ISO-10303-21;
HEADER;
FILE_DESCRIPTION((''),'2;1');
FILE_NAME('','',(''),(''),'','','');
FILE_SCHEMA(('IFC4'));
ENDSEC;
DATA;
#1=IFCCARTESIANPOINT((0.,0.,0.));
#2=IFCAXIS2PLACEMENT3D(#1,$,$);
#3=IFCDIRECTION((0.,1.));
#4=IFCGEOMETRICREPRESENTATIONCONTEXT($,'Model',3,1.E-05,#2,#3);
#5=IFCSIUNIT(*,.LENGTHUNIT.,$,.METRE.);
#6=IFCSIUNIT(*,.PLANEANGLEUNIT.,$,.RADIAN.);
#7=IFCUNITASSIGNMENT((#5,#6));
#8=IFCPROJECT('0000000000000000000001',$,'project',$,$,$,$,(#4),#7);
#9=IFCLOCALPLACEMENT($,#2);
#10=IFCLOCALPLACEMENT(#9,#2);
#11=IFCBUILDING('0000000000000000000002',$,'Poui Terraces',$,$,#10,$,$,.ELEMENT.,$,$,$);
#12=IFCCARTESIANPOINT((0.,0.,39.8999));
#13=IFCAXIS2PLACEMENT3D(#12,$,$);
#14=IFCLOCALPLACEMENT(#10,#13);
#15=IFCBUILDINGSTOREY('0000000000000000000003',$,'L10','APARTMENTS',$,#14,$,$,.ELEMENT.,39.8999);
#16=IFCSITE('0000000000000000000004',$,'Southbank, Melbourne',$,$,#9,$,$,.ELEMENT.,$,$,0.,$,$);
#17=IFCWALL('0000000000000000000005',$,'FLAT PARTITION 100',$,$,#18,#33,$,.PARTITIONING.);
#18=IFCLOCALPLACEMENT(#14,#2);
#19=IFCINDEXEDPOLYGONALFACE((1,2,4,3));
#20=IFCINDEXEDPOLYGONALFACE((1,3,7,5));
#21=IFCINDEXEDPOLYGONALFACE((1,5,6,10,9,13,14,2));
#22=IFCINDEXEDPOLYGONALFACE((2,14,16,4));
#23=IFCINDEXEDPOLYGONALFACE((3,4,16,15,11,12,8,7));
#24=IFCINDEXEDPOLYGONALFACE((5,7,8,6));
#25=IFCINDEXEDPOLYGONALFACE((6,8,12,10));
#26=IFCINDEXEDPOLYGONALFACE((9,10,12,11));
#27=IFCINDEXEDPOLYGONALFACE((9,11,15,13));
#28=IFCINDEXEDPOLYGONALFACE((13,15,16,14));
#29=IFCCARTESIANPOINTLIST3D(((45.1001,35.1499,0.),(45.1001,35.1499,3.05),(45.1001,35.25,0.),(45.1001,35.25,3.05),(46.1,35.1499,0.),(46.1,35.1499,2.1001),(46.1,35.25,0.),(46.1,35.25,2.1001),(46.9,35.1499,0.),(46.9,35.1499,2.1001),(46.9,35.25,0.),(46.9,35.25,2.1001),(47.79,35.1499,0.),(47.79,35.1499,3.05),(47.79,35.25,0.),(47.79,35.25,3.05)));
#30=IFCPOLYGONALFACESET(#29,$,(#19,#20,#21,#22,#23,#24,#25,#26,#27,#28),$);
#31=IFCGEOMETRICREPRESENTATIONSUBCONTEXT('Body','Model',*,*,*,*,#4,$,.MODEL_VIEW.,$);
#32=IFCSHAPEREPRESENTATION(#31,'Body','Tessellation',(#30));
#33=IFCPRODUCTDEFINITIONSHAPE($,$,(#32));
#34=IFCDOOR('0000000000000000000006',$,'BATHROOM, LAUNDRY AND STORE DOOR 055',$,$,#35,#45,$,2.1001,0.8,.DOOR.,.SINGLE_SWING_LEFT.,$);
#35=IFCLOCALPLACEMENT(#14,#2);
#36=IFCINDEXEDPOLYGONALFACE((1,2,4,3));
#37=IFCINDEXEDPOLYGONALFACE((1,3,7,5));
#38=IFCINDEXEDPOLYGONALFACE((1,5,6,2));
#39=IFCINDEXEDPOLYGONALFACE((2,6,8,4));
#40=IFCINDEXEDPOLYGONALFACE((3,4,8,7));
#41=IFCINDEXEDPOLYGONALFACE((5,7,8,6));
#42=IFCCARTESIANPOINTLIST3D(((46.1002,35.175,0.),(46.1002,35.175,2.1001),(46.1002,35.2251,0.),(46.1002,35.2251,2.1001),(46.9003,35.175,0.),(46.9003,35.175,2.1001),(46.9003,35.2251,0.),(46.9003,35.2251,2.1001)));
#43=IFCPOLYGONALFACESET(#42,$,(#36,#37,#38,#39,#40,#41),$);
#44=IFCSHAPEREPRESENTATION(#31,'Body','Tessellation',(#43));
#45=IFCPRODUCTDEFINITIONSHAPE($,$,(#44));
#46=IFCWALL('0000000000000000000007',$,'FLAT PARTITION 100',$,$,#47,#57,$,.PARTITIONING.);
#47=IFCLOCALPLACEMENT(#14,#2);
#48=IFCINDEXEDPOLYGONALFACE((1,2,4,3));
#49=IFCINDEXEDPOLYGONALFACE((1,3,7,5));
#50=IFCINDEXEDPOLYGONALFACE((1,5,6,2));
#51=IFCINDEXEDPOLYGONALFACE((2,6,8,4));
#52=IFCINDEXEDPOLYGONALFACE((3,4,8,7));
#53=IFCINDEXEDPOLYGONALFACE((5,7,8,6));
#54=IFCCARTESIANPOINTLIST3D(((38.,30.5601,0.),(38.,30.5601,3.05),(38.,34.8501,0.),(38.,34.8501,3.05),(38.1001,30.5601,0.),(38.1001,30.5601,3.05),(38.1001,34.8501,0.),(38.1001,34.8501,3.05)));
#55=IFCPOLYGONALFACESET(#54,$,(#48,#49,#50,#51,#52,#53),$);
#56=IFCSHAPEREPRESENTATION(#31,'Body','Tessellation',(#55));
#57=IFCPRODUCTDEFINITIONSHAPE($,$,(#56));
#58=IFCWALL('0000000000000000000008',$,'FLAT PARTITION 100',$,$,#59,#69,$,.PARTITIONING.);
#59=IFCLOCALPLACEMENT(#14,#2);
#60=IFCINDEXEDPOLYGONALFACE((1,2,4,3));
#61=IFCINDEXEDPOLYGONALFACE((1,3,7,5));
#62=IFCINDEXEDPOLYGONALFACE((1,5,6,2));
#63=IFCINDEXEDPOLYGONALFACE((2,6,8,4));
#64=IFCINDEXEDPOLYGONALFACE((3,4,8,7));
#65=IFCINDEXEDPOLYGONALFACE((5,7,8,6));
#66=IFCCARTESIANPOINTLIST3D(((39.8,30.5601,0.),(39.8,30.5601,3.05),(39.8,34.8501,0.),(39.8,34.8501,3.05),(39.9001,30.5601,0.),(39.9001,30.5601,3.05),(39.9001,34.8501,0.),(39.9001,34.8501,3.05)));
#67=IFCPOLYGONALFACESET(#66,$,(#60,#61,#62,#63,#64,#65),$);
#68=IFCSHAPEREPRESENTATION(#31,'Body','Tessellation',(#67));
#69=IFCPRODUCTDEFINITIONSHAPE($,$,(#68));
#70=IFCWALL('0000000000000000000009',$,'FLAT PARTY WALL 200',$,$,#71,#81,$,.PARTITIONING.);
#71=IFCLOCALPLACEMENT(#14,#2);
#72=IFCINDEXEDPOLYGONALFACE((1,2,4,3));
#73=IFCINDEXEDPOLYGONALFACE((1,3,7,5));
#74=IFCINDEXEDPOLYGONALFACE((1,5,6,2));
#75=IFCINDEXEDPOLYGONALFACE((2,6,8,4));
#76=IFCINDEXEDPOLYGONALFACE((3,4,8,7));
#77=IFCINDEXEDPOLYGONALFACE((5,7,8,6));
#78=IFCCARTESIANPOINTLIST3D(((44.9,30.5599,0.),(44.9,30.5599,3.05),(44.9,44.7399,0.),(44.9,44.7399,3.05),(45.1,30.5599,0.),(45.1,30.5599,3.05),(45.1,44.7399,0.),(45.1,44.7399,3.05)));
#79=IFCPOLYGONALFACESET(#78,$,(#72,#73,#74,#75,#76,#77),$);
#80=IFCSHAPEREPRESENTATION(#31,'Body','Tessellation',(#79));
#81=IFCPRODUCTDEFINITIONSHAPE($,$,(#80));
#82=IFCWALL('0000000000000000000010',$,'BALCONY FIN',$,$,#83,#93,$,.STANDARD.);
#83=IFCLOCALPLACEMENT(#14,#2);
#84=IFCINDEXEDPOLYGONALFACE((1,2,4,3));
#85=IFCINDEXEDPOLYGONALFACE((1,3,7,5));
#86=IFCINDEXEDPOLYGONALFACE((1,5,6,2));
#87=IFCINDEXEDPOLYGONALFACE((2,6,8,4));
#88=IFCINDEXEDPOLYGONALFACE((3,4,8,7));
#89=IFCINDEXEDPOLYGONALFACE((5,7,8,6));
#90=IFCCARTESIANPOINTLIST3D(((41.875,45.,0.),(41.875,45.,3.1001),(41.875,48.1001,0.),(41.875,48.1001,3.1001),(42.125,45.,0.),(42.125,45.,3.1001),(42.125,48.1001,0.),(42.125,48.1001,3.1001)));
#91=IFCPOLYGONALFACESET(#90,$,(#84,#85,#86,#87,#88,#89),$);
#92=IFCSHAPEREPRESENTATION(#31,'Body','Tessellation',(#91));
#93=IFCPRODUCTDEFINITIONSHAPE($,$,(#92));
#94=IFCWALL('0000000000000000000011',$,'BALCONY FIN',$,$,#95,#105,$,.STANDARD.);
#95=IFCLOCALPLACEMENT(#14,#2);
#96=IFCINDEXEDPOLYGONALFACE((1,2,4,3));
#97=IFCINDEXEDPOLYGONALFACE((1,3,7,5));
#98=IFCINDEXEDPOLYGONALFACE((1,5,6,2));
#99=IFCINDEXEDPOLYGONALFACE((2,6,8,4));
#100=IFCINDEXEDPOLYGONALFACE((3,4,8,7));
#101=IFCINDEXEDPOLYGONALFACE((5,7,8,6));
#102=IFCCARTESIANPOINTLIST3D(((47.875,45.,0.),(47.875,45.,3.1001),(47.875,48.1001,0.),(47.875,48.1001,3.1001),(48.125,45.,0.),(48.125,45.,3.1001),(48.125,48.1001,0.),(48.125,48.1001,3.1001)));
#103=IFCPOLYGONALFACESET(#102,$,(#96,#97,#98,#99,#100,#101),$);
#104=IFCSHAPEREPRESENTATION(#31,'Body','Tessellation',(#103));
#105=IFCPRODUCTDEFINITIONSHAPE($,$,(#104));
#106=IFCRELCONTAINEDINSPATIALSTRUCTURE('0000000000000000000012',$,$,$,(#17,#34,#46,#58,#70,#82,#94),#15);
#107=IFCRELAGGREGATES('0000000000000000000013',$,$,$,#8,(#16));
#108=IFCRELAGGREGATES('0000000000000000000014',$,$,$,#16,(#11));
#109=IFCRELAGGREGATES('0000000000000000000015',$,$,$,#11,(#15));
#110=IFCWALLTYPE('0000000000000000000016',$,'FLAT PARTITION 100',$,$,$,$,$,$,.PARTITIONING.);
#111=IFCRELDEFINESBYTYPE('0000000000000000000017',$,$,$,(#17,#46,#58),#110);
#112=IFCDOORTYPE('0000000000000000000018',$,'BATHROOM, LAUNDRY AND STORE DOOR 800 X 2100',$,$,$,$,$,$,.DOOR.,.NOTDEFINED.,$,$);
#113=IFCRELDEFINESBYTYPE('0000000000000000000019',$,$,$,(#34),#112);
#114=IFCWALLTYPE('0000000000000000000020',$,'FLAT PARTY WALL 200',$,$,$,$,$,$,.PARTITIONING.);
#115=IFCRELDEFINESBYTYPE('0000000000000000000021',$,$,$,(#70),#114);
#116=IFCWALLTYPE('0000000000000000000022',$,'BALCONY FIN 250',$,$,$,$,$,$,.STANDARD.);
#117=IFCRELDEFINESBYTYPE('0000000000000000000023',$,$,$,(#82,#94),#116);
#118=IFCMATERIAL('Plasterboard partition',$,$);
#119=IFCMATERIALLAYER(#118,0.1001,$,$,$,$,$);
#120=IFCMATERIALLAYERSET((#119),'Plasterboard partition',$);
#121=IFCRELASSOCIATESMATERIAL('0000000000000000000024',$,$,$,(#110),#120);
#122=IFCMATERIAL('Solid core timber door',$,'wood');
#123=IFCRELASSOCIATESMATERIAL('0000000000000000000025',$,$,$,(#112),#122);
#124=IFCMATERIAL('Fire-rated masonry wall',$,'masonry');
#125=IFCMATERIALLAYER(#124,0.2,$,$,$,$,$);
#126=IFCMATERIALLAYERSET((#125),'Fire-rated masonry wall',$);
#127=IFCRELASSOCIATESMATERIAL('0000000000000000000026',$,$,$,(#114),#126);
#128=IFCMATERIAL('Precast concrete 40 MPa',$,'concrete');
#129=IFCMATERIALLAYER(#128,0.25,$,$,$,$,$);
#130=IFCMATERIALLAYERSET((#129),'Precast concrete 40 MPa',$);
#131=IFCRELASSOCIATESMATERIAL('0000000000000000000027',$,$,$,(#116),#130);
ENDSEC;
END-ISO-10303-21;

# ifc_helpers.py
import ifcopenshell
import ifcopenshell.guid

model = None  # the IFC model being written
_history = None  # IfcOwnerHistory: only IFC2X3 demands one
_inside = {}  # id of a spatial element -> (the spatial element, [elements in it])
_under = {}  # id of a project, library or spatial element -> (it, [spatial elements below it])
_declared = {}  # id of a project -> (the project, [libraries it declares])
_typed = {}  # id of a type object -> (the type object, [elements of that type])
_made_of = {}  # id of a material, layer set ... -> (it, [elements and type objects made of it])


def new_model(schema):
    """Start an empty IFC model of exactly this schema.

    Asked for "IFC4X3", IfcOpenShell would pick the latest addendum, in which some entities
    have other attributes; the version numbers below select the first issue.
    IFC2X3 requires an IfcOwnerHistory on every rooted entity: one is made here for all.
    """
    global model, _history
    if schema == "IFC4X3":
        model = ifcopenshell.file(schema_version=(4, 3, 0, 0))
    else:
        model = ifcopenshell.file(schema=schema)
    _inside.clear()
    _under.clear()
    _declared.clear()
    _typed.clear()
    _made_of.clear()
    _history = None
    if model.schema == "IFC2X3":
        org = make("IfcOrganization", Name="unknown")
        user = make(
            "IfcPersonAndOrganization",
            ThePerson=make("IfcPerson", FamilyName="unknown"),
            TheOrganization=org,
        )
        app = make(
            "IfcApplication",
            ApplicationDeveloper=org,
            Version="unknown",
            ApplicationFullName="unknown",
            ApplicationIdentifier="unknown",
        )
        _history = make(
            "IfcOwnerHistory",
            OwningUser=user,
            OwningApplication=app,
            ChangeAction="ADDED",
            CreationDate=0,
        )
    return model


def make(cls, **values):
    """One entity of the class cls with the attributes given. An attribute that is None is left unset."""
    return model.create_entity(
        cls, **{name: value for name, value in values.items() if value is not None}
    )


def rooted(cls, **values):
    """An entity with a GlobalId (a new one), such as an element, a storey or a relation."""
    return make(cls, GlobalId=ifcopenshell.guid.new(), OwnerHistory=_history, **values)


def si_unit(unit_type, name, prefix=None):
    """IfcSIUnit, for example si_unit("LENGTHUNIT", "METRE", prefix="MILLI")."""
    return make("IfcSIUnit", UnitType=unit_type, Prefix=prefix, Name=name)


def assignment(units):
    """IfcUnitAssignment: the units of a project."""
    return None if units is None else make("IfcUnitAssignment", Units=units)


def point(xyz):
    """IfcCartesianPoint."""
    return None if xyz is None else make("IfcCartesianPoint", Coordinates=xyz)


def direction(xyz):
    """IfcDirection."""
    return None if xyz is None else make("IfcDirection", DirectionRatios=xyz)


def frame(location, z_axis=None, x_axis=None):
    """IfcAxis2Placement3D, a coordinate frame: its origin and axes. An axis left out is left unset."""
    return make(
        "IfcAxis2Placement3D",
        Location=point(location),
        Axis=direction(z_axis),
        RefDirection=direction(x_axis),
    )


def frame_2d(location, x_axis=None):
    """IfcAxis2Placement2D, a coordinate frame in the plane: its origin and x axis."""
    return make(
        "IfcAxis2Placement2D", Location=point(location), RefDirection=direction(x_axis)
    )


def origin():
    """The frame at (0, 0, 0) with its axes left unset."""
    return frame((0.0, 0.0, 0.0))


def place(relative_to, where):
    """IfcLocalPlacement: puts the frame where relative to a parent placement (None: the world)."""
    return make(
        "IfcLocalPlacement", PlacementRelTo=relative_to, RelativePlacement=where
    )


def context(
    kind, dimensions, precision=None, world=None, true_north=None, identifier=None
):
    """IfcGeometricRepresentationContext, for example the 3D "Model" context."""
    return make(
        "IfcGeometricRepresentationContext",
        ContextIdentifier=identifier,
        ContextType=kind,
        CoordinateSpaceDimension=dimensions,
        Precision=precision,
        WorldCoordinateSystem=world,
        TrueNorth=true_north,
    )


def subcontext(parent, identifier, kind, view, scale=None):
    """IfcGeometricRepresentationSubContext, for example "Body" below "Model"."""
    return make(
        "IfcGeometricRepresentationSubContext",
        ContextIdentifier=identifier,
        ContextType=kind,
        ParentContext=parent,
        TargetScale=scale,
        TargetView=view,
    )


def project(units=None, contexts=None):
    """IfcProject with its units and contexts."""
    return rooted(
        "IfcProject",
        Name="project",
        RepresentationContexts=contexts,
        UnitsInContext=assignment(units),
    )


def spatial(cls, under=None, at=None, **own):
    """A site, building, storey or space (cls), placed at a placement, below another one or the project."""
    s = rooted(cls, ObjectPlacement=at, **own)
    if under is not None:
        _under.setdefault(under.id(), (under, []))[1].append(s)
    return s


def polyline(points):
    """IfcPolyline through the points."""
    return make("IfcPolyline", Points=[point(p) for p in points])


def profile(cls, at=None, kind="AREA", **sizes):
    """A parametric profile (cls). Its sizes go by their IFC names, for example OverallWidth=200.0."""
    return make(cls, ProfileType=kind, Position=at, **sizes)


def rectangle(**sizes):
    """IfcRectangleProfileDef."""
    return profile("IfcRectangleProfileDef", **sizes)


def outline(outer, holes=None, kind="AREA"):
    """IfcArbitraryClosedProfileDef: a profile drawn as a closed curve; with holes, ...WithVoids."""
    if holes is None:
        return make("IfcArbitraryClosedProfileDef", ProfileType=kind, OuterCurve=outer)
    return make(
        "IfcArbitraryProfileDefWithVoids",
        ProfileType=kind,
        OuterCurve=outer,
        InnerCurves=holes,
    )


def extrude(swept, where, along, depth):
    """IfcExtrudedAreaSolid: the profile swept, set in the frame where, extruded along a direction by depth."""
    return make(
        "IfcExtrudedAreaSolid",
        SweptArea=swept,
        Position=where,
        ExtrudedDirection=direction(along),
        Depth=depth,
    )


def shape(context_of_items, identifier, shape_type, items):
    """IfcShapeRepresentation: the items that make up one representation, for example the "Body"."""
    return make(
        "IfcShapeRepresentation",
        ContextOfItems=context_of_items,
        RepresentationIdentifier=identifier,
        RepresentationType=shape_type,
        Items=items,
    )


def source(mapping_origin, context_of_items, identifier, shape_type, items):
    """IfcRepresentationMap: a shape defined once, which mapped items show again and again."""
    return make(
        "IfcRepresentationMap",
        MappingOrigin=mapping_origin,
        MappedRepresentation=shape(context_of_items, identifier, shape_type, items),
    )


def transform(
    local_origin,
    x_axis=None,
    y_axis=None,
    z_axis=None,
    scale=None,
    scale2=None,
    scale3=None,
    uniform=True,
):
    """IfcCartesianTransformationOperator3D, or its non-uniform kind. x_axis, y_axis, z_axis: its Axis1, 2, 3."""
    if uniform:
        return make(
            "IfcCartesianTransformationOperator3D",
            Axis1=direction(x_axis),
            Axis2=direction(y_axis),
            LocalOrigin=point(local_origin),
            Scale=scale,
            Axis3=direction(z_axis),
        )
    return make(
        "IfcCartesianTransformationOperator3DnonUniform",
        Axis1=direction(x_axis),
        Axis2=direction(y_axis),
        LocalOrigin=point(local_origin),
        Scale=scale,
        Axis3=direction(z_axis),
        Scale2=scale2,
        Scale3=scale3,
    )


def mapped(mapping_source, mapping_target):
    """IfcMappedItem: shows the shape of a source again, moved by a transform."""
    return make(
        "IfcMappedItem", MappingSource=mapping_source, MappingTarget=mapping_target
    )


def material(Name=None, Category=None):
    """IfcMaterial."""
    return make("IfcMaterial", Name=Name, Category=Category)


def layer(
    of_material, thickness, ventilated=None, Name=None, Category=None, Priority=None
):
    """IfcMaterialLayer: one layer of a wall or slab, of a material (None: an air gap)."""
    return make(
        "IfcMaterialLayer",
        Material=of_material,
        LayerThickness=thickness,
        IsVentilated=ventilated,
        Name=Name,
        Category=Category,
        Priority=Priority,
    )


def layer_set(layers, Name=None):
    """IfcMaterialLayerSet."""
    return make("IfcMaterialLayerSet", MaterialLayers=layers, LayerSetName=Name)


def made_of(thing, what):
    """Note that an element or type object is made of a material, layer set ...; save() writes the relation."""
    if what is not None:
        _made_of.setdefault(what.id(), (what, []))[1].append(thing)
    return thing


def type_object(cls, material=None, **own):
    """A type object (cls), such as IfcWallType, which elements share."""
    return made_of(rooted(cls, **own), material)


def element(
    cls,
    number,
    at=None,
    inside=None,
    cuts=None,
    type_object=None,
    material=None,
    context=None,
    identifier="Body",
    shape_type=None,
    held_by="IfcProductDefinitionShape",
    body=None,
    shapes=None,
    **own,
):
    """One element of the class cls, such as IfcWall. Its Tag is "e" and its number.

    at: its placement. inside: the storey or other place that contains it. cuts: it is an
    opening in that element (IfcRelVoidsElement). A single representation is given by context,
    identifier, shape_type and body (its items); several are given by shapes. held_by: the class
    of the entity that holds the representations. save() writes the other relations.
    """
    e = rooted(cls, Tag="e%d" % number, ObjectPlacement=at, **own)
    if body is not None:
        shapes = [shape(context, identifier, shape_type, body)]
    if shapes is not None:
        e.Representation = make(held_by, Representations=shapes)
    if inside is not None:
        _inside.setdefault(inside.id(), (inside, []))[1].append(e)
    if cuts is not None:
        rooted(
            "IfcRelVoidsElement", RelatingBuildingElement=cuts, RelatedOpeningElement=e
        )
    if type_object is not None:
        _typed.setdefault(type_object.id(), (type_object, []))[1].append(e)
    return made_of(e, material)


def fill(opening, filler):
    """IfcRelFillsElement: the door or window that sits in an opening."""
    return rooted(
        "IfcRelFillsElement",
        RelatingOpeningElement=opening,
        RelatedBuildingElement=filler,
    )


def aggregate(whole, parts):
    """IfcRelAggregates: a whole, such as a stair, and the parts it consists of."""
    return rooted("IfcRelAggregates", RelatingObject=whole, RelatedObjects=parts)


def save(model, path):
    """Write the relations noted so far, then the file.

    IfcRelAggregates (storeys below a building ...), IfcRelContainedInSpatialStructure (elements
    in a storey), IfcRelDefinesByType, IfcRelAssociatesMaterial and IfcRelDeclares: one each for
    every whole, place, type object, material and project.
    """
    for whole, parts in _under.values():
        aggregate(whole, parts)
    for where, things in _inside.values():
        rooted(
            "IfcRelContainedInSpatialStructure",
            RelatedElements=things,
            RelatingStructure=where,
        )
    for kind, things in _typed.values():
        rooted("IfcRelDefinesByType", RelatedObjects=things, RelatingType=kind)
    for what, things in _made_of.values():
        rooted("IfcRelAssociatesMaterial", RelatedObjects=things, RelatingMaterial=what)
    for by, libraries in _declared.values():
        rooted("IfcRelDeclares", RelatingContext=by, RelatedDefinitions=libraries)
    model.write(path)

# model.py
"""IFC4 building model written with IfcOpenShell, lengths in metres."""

from ifc_helpers import new_model, si_unit, direction, frame, frame_2d, origin, place, context, subcontext, project, spatial, polyline, rectangle, outline, extrude, source, transform, mapped, material, layer, layer_set, type_object, element, fill, save


model = new_model("IFC4")

# Units and contexts
model_context = context("Model", 3, precision=1e-05, world=origin(), true_north=direction((0.0, 1.0)))
body_context = subcontext(model_context, "Body", "Model", "MODEL_VIEW")
ifc_project = project(units=[si_unit("LENGTHUNIT", "METRE"), si_unit("PLANEANGLEUNIT", "RADIAN")], contexts=[model_context])

# Site, building, storey
site_placement = place(None, origin())
site = spatial("IfcSite", under=ifc_project, at=site_placement, Name="Southbank, Melbourne", CompositionType="ELEMENT", RefElevation=0.0)
building_placement = place(site_placement, origin())
building = spatial("IfcBuilding", under=site, at=building_placement, Name="Poui Terraces", CompositionType="ELEMENT")
storey_placement = place(building_placement, frame((0.0, 0.0, 39.8999)))
storey = spatial("IfcBuildingStorey", under=building, at=storey_placement, Name="L10", Description="APARTMENTS", CompositionType="ELEMENT", Elevation=39.8999)

# Wall, opening, door
ifc_material_1 = material(Name="Solid core timber door", Category="wood")
ifc_material_2 = material(Name="Plasterboard partition")
ifc_layer_1 = layer(ifc_material_2, 0.1001)
ifc_layer_set_1 = layer_set([ifc_layer_1], Name="Plasterboard partition")
wall_type_1 = type_object("IfcWallType", Name="FLAT PARTITION 100", PredefinedType="PARTITIONING", material=ifc_layer_set_1)
door_type_1 = type_object("IfcDoorType", Name="BATHROOM, LAUNDRY AND STORE DOOR 800 X 2100", OperationType="NOTDEFINED", PredefinedType="DOOR", material=ifc_material_1)
wall_1_placement = place(storey_placement, frame((45.1001, 35.2, 0.0), z_axis=(0.0, 0.0, 1.0), x_axis=(1.0, 0.0, 0.0)))
wall_1 = element("IfcWall", 1, at=wall_1_placement, inside=storey, type_object=wall_type_1, Name="FLAT PARTITION 100", PredefinedType="PARTITIONING", context=body_context, shape_type="SweptSolid", body=[
    extrude(rectangle(XDim=2.6899, YDim=0.1001, at=frame_2d((1.345, 0.0))), origin(), (0.0, 0.0, 1.0), 3.05),
])
opening_1_placement = place(wall_1_placement, frame((1.0, 0.0, 0.0)))
opening_1 = element("IfcOpeningElement", 2, at=opening_1_placement, cuts=wall_1, PredefinedType="OPENING", context=body_context, shape_type="SweptSolid", body=[
    extrude(rectangle(XDim=0.8, YDim=2.1001, at=frame_2d((0.3999, 1.05))), frame((0.0, 0.0601, 0.0), z_axis=(0.0, -1.0, 0.0), x_axis=(1.0, 0.0, 0.0)), (0.0, 0.0, 1.0), 0.1201),
])
door_1_placement = place(opening_1_placement, frame((0.8, 0.0, 0.0), z_axis=(0.0, 0.0, 1.0), x_axis=(-1.0, 0.0, 0.0)))
door_1 = element("IfcDoor", 3, at=door_1_placement, inside=storey, type_object=door_type_1, Name="BATHROOM, LAUNDRY AND STORE DOOR 055", OperationType="SINGLE_SWING_LEFT", OverallHeight=2.1001, OverallWidth=0.8, PredefinedType="DOOR", context=body_context, shape_type="SweptSolid", body=[
    extrude(rectangle(XDim=0.8, YDim=2.1001, at=frame_2d((0.3999, 1.05))), frame((0.0, 0.0249, 0.0), z_axis=(0.0, -1.0, 0.0), x_axis=(1.0, 0.0, 0.0)), (0.0, 0.0, 1.0), 0.05),
])
fill(opening_1, door_1)

# Walls
for number, where, z_axis, x_axis, name in (
    (4, (38.05, 30.5601, 0.0), (0.0, 0.0, 1.0), (0.0, 1.0, 0.0), "FLAT PARTITION 100"),
    (5, (39.8501, 30.5601, 0.0), (0.0, 0.0, 1.0), (0.0, 1.0, 0.0), "FLAT PARTITION 100"),
):
    element("IfcWall", number, at=place(storey_placement, frame(where, z_axis=z_axis, x_axis=x_axis)), inside=storey, type_object=wall_type_1, Name=name, PredefinedType="PARTITIONING", context=body_context, shape_type="SweptSolid", body=[
        extrude(rectangle(XDim=4.29, YDim=0.1001, at=frame_2d((2.145, 0.0))), origin(), (0.0, 0.0, 1.0), 3.05),
    ])
ifc_material_3 = material(Name="Fire-rated masonry wall", Category="masonry")
ifc_layer_2 = layer(ifc_material_3, 0.2)
ifc_layer_set_2 = layer_set([ifc_layer_2], Name="Fire-rated masonry wall")
wall_type_2 = type_object("IfcWallType", Name="FLAT PARTY WALL 200", PredefinedType="PARTITIONING", material=ifc_layer_set_2)
wall_2_placement = place(storey_placement, frame((45.0, 30.5601, 0.0), z_axis=(0.0, 0.0, 1.0), x_axis=(0.0, 1.0, 0.0)))
element("IfcWall", 6, at=wall_2_placement, inside=storey, type_object=wall_type_2, Name="FLAT PARTY WALL 200", PredefinedType="PARTITIONING", context=body_context, shape_type="SweptSolid", body=[
    extrude(rectangle(XDim=14.1799, YDim=0.2, at=frame_2d((7.0898, 0.0))), origin(), (0.0, 0.0, 1.0), 3.05),
])
ifc_material_4 = material(Name="Precast concrete 40 MPa", Category="concrete")
ifc_layer_3 = layer(ifc_material_4, 0.25)
ifc_layer_set_3 = layer_set([ifc_layer_3], Name="Precast concrete 40 MPa")
wall_type_3 = type_object("IfcWallType", Name="BALCONY FIN 250", PredefinedType="STANDARD", material=ifc_layer_set_3)
shared_shape_1 = source(origin(), body_context, "Body", "SweptSolid", [
    extrude(outline(polyline([(0.0, 0.0), (0.25, 0.0), (0.25, 3.1001), (0.0, 3.1001), (0.0, 0.0)])), origin(), (0.0, 0.0, 1.0), 3.1001),
])
for number, where, name in (
    (7, (41.875, 45.0, 0.0), "BALCONY FIN"),
    (8, (47.875, 45.0, 0.0), "BALCONY FIN"),
):
    element("IfcWall", number, at=place(storey_placement, frame(where)), inside=storey, type_object=wall_type_3, Name=name, PredefinedType="STANDARD", context=body_context, shape_type="MappedRepresentation", body=[
        mapped(shared_shape_1, transform((0.0, 0.0, 0.0))),
    ])

save(model, "model.ifc")
